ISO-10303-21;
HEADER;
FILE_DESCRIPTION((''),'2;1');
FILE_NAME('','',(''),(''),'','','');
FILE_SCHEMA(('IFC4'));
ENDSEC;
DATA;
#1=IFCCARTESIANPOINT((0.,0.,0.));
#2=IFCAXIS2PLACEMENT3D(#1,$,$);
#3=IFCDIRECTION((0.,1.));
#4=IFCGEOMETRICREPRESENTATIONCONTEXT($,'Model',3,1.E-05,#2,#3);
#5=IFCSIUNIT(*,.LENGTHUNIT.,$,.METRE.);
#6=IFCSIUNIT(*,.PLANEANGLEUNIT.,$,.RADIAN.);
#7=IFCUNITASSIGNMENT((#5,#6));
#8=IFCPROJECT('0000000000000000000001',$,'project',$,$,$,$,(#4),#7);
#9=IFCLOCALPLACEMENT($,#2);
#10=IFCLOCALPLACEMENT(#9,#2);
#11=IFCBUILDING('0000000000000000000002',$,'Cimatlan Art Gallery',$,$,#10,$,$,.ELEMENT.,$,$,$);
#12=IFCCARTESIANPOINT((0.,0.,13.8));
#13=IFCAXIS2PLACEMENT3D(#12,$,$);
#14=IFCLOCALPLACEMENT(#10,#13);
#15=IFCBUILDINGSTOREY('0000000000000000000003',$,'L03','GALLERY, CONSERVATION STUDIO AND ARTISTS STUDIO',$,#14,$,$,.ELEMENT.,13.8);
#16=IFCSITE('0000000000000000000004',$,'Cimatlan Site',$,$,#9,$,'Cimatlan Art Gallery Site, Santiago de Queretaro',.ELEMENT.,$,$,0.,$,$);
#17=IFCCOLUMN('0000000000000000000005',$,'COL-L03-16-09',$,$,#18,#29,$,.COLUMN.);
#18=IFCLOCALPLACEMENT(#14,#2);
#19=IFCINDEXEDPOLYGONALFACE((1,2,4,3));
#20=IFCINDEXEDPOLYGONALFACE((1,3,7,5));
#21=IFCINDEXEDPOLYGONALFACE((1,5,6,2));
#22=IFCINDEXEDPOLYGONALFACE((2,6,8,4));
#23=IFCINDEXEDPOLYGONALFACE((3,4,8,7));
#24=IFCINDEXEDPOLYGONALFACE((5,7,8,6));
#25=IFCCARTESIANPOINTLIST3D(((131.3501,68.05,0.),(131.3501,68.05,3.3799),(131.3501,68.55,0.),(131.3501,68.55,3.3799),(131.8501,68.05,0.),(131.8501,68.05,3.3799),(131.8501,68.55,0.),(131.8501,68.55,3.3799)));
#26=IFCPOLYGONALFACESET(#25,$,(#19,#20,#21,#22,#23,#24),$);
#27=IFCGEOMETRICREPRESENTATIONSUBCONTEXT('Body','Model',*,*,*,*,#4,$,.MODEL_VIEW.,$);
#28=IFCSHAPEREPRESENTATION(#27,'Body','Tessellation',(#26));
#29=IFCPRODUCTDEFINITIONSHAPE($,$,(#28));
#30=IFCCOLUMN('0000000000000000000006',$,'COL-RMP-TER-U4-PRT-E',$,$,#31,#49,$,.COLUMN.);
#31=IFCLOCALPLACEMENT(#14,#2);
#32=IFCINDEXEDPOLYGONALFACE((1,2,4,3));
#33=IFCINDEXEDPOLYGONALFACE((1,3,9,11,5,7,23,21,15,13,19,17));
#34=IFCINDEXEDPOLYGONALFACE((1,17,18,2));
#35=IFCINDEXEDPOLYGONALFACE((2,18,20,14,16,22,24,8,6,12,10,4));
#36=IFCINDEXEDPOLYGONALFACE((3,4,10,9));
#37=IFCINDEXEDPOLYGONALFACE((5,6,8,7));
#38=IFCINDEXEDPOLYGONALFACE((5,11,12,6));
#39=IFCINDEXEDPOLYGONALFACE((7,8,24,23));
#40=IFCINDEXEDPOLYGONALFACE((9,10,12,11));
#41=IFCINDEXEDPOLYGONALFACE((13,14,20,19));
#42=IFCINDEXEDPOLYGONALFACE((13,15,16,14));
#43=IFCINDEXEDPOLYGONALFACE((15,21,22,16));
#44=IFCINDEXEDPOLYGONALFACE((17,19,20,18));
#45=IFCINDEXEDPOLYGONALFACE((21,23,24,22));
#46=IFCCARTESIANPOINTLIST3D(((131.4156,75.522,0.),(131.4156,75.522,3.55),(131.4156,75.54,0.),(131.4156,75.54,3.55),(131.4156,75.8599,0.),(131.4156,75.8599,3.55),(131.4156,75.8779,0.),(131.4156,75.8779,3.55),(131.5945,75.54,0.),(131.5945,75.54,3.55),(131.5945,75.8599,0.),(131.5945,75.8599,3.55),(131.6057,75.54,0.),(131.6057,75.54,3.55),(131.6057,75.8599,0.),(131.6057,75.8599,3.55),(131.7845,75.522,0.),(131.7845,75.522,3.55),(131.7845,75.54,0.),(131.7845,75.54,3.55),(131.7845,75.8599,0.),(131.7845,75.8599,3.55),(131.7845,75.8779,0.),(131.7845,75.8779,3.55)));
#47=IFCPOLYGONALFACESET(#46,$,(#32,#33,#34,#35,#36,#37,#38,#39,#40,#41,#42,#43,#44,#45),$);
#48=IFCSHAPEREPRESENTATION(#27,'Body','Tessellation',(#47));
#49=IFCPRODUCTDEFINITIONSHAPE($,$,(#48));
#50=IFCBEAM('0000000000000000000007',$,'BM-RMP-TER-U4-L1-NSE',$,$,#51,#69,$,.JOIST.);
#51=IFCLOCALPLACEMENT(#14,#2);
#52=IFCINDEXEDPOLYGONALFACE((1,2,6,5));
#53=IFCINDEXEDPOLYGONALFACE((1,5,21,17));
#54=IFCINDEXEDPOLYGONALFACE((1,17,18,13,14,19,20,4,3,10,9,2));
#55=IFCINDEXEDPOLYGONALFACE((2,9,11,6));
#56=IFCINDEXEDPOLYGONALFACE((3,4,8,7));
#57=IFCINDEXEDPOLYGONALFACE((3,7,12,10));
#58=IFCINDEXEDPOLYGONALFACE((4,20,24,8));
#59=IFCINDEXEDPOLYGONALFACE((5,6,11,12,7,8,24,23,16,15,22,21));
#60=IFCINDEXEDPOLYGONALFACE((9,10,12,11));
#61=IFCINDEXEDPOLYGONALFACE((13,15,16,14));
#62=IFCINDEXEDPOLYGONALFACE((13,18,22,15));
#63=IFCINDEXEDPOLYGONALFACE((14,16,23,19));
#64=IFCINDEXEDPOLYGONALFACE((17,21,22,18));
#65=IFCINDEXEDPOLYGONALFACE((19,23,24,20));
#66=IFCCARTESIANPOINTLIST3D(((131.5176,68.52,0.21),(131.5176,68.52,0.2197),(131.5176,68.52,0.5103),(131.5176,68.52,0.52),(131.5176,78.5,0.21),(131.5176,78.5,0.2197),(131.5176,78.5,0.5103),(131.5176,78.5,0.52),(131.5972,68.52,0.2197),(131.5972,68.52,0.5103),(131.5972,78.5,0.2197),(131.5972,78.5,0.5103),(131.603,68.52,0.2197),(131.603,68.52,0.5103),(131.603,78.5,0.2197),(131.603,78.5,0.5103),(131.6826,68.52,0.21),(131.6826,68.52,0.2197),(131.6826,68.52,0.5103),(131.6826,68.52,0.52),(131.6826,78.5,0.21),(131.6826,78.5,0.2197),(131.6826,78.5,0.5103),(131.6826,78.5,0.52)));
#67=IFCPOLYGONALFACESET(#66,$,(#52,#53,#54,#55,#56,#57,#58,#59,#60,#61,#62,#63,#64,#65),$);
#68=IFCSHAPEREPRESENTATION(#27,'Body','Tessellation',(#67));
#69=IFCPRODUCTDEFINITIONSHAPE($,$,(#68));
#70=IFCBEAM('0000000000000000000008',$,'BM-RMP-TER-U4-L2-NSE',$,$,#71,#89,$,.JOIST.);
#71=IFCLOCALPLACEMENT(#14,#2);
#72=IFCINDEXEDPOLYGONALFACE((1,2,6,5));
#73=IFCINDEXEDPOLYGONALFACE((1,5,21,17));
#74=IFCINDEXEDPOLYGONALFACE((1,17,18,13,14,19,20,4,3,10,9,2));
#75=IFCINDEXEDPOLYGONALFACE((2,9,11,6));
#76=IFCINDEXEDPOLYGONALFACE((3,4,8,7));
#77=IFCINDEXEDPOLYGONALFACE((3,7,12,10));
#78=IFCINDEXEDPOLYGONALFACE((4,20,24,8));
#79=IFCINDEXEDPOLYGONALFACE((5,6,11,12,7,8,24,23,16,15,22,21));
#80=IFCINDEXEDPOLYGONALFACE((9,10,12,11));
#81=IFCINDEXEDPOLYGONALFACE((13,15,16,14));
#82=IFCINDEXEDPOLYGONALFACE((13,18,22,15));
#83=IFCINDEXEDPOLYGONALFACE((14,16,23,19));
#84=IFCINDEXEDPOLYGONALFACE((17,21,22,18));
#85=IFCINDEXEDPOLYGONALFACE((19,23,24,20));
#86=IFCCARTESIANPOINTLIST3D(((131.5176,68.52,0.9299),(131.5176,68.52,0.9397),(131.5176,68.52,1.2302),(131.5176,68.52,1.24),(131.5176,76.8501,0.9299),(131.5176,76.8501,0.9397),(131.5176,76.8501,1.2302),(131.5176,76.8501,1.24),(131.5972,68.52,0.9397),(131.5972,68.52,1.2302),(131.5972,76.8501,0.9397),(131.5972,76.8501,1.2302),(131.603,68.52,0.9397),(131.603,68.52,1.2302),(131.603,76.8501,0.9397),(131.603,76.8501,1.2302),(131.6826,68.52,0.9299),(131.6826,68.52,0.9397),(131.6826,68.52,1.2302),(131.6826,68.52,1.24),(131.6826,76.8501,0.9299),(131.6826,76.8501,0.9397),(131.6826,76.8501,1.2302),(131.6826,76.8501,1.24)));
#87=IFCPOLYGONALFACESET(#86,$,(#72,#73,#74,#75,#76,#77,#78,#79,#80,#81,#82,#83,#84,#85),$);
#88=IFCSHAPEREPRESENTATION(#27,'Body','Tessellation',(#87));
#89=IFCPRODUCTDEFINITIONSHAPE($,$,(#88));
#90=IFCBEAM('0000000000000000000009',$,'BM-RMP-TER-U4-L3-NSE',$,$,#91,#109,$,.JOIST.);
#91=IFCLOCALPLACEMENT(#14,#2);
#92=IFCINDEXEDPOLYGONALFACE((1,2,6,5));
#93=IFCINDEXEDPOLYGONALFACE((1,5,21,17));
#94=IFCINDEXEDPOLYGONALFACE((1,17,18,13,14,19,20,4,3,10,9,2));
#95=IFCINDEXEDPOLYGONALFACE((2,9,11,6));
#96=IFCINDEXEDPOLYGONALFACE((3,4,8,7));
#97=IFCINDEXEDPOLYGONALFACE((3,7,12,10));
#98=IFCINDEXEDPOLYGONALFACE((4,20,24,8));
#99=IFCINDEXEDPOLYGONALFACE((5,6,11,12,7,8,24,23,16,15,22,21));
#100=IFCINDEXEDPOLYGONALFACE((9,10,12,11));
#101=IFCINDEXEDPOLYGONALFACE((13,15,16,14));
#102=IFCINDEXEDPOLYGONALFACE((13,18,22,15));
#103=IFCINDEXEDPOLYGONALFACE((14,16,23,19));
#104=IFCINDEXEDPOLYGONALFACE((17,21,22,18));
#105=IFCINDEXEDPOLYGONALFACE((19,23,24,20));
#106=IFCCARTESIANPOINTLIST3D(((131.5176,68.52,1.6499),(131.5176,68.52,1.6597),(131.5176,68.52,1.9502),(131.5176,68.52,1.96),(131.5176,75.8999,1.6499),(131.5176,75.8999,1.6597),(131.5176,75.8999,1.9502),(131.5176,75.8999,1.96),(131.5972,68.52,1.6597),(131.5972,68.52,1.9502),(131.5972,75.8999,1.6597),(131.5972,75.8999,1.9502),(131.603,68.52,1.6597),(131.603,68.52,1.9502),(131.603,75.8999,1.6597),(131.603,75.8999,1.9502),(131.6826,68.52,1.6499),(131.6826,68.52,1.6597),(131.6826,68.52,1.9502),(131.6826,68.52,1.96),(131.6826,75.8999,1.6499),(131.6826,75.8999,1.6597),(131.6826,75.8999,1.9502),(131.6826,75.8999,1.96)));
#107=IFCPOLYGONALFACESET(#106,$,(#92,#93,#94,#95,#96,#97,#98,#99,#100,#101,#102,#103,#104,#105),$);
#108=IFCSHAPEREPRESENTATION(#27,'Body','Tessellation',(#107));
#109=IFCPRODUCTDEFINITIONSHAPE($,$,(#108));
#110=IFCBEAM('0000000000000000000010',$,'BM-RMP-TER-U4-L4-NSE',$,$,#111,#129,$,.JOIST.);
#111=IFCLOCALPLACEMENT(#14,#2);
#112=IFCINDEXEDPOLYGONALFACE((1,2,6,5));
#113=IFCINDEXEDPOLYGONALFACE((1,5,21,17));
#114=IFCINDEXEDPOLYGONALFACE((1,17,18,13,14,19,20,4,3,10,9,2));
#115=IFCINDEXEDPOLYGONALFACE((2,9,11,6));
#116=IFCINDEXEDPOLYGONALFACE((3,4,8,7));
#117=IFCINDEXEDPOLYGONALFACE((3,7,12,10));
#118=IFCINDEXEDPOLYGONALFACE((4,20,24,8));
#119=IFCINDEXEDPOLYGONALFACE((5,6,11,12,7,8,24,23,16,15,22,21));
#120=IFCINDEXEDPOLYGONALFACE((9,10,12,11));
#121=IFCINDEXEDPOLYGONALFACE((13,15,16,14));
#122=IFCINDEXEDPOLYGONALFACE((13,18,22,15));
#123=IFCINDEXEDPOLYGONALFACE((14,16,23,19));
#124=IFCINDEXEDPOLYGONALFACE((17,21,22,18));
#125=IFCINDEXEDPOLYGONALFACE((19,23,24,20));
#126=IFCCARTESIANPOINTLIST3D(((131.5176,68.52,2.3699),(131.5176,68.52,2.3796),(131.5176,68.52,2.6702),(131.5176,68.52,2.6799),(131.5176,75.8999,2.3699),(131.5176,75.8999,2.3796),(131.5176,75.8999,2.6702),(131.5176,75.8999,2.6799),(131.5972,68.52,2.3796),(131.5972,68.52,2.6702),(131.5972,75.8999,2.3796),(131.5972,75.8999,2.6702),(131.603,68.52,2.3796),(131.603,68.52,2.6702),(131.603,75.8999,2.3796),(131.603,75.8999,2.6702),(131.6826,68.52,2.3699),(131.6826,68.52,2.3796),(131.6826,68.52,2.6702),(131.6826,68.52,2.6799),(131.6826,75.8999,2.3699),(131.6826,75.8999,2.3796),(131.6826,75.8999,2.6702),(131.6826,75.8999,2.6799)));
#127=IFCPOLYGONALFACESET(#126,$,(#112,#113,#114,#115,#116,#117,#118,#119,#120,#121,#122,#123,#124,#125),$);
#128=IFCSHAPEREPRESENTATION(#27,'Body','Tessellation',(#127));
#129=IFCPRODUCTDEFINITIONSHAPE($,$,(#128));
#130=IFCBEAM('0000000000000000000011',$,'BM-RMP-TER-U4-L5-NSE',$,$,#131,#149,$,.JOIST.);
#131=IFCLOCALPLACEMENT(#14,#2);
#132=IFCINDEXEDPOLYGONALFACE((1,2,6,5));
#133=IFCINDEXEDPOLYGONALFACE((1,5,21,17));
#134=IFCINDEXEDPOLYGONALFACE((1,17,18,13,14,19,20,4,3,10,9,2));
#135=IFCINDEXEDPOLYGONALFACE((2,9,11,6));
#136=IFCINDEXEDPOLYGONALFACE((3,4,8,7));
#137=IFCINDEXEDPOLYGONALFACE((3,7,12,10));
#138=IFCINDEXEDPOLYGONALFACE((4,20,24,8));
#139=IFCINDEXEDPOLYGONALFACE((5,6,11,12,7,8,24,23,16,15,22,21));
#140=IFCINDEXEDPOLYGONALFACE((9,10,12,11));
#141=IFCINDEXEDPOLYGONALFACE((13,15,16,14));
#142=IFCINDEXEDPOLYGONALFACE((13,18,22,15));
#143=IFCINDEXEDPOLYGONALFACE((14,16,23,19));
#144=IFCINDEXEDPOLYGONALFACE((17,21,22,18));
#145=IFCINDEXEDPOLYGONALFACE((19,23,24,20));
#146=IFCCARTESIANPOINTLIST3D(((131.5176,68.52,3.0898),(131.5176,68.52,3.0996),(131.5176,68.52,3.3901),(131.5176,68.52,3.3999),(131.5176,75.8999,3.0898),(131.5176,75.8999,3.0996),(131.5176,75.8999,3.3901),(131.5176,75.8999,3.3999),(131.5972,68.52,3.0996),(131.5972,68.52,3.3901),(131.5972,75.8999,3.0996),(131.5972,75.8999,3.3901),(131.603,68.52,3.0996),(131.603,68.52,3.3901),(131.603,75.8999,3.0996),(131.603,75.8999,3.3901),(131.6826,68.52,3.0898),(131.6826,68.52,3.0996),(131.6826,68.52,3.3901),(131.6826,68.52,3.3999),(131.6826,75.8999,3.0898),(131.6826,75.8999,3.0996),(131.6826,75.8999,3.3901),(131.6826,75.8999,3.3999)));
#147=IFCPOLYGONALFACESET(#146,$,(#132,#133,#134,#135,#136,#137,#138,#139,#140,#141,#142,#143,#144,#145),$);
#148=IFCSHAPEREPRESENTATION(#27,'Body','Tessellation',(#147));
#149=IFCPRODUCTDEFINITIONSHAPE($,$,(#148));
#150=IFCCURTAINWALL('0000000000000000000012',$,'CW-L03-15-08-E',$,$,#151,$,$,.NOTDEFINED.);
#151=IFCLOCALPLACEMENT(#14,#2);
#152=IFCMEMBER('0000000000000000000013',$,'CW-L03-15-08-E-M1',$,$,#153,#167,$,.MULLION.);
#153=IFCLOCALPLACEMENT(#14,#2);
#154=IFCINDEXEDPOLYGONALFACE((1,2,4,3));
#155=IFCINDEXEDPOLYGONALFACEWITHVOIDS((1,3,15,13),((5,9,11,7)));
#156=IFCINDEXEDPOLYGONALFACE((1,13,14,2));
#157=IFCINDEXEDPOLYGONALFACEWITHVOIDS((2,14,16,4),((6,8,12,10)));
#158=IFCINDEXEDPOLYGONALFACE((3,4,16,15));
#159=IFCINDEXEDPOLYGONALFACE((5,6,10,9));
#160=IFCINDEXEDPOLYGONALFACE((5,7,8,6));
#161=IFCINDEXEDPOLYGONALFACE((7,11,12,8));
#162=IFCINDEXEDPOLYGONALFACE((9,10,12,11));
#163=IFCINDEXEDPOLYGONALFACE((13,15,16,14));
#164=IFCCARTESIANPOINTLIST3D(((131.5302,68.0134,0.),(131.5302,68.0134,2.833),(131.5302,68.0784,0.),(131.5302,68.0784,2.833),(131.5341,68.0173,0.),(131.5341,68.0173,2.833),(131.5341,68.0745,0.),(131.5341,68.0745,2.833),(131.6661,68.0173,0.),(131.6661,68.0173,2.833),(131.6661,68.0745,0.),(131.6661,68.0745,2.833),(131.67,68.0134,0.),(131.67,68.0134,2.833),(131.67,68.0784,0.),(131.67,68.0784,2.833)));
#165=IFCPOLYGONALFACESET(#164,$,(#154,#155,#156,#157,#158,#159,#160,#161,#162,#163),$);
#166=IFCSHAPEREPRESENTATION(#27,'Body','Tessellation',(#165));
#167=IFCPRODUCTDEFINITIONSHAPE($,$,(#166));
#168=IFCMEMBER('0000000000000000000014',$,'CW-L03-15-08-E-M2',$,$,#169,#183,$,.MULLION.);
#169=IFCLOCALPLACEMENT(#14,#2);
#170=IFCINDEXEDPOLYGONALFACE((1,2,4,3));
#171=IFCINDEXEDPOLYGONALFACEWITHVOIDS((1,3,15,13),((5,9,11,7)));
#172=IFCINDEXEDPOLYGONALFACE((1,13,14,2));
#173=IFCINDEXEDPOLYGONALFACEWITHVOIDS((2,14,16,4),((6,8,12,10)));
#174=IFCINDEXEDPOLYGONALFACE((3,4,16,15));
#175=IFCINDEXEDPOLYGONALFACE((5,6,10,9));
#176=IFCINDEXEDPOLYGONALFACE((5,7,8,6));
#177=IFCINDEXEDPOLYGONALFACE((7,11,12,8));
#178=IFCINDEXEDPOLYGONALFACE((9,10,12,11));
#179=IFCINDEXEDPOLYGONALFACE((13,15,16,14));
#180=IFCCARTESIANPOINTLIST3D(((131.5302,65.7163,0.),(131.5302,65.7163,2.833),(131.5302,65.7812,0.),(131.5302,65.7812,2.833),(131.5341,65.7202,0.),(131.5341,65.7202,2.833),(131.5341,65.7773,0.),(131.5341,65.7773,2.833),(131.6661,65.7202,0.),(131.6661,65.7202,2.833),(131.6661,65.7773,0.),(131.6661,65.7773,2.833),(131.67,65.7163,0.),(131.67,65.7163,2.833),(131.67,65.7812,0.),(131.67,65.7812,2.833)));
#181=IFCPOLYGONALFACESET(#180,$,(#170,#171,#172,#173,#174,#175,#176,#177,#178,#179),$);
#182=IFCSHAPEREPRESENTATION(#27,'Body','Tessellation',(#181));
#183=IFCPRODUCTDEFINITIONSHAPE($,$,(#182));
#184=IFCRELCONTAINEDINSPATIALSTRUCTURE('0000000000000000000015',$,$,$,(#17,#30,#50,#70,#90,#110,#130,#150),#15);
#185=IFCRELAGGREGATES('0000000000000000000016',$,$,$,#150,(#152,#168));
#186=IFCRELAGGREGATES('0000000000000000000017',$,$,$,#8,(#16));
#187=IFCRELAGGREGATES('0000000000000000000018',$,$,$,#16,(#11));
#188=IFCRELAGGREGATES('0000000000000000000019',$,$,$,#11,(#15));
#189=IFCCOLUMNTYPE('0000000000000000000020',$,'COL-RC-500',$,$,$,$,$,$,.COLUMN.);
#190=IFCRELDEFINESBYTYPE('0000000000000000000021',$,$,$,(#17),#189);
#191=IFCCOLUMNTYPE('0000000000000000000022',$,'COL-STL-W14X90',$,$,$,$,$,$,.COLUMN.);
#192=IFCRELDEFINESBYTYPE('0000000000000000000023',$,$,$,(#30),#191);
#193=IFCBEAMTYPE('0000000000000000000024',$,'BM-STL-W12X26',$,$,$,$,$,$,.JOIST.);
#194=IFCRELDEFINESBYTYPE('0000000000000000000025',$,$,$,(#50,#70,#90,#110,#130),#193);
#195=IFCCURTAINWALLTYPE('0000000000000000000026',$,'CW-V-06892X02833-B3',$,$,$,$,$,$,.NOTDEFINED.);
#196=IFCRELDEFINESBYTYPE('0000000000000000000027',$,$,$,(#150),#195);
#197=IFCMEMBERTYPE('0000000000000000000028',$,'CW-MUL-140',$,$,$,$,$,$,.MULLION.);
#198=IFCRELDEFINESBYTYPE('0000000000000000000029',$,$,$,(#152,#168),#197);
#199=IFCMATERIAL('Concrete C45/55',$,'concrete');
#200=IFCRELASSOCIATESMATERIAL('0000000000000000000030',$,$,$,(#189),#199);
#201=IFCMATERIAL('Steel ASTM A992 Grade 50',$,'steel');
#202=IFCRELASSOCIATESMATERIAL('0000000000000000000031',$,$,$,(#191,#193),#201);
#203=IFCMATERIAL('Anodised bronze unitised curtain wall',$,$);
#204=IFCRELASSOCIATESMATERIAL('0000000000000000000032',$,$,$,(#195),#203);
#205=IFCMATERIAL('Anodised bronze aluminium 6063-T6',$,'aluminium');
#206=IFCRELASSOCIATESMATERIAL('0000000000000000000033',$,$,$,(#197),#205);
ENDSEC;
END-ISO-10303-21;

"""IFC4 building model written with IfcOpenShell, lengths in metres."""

from ifc_helpers import new_model, si_unit, direction, frame, origin, origin_2d, place, context, subcontext, project, spatial, rectangle, hollow_rectangle, i_section, extrude, material, material_profile, profile_set, type_object, element, aggregate, save


model = new_model("IFC4")

# Units and contexts
model_context = context("Model", 3, precision=1e-05, world=origin(), true_north=direction((0.0, 1.0)))
body_context = subcontext(model_context, "Body", "Model", "MODEL_VIEW")
ifc_project = project(units=[si_unit("LENGTHUNIT", "METRE"), si_unit("PLANEANGLEUNIT", "RADIAN")], contexts=[model_context])

# Site, building, storey
site_placement = place(None, origin())
site = spatial("IfcSite", under=ifc_project, at=site_placement, Name="Cimatlan Site", LongName="Cimatlan Art Gallery Site, Santiago de Queretaro", CompositionType="ELEMENT", RefElevation=0.0)
building_placement = place(site_placement, origin())
building = spatial("IfcBuilding", under=site, at=building_placement, Name="Cimatlan Art Gallery", CompositionType="ELEMENT")
storey_placement = place(building_placement, frame((0.0, 0.0, 13.8)))
storey = spatial("IfcBuildingStorey", under=building, at=storey_placement, Name="L03", Description="GALLERY, CONSERVATION STUDIO AND ARTISTS STUDIO", CompositionType="ELEMENT", Elevation=13.8)

# Columns
ifc_material_1 = material(Name="Concrete C45/55", Category="concrete")
ifc_material_profile_1 = material_profile(ifc_material_1, rectangle(XDim=0.5, YDim=0.5, at=origin_2d()), Name="RC500X500")
ifc_profile_set_1 = profile_set([ifc_material_profile_1], Name="Concrete C45/55")
column_type_1 = type_object("IfcColumnType", Name="COL-RC-500", PredefinedType="COLUMN", material=ifc_profile_set_1)
column_1_placement = place(storey_placement, frame((131.6001, 68.3, 0.0), z_axis=(0.0, 0.0, 1.0), x_axis=(1.0, 0.0, 0.0)))
element("IfcColumn", 1, at=column_1_placement, inside=storey, type_object=column_type_1, Name="COL-L03-16-09", PredefinedType="COLUMN", context=body_context, shape_type="SweptSolid", body=[
    extrude(rectangle(XDim=0.5, YDim=0.5, at=origin_2d()), origin(), (0.0, 0.0, 1.0), 3.3799),
])
ifc_material_2 = material(Name="Steel ASTM A992 Grade 50", Category="steel")
ifc_material_profile_2 = material_profile(ifc_material_2, i_section(OverallWidth=0.3689, OverallDepth=0.356, WebThickness=0.0112, FlangeThickness=0.0181, at=origin_2d()), Name="W14X90")
ifc_profile_set_2 = profile_set([ifc_material_profile_2], Name="Steel ASTM A992 Grade 50")
column_type_2 = type_object("IfcColumnType", Name="COL-STL-W14X90", PredefinedType="COLUMN", material=ifc_profile_set_2)
column_2_placement = place(storey_placement, frame((131.6001, 75.7, 0.0), z_axis=(0.0, 0.0, 1.0), x_axis=(1.0, 0.0, 0.0)))
element("IfcColumn", 2, at=column_2_placement, inside=storey, type_object=column_type_2, Name="COL-RMP-TER-U4-PRT-E", PredefinedType="COLUMN", context=body_context, shape_type="SweptSolid", body=[
    extrude(i_section(OverallWidth=0.3689, OverallDepth=0.356, WebThickness=0.0112, FlangeThickness=0.0181, at=origin_2d()), origin(), (0.0, 0.0, 1.0), 3.55),
])

# Beams
ifc_material_profile_3 = material_profile(ifc_material_2, i_section(OverallWidth=0.165, OverallDepth=0.3101, WebThickness=0.0059, FlangeThickness=0.0098, at=origin_2d()), Name="W12X26")
ifc_profile_set_3 = profile_set([ifc_material_profile_3], Name="Steel ASTM A992 Grade 50")
beam_type = type_object("IfcBeamType", Name="BM-STL-W12X26", PredefinedType="JOIST", material=ifc_profile_set_3)
beam_1_placement = place(storey_placement, frame((131.6001, 68.52, 0.365), z_axis=(0.0, 1.0, 0.0), x_axis=(-1.0, 0.0, 0.0)))
element("IfcBeam", 3, at=beam_1_placement, inside=storey, type_object=beam_type, Name="BM-RMP-TER-U4-L1-NSE", PredefinedType="JOIST", context=body_context, shape_type="SweptSolid", body=[
    extrude(i_section(OverallWidth=0.165, OverallDepth=0.3101, WebThickness=0.0059, FlangeThickness=0.0098, at=origin_2d()), origin(), (0.0, 0.0, 1.0), 9.98),
])
beam_2_placement = place(storey_placement, frame((131.6001, 68.52, 1.085), z_axis=(0.0, 1.0, 0.0), x_axis=(-1.0, 0.0, 0.0)))
element("IfcBeam", 4, at=beam_2_placement, inside=storey, type_object=beam_type, Name="BM-RMP-TER-U4-L2-NSE", PredefinedType="JOIST", context=body_context, shape_type="SweptSolid", body=[
    extrude(i_section(OverallWidth=0.165, OverallDepth=0.3101, WebThickness=0.0059, FlangeThickness=0.0098, at=origin_2d()), origin(), (0.0, 0.0, 1.0), 8.3301),
])
for number, where, z_axis, x_axis, name in (
    (5, (131.6001, 68.52, 1.8049), (0.0, 1.0, 0.0), (-1.0, 0.0, 0.0), "BM-RMP-TER-U4-L3-NSE"),
    (6, (131.6001, 68.52, 2.5249), (0.0, 1.0, 0.0), (-1.0, 0.0, 0.0), "BM-RMP-TER-U4-L4-NSE"),
    (7, (131.6001, 68.52, 3.2449), (0.0, 1.0, 0.0), (-1.0, 0.0, 0.0), "BM-RMP-TER-U4-L5-NSE"),
):
    element("IfcBeam", number, at=place(storey_placement, frame(where, z_axis=z_axis, x_axis=x_axis)), inside=storey, type_object=beam_type, Name=name, PredefinedType="JOIST", context=body_context, shape_type="SweptSolid", body=[
        extrude(i_section(OverallWidth=0.165, OverallDepth=0.3101, WebThickness=0.0059, FlangeThickness=0.0098, at=origin_2d()), origin(), (0.0, 0.0, 1.0), 7.3799),
    ])

# Curtain wall, members
ifc_material_3 = material(Name="Anodised bronze unitised curtain wall")
curtain_wall_type_1 = type_object("IfcCurtainWallType", Name="CW-V-06892X02833-B3", PredefinedType="NOTDEFINED", material=ifc_material_3)
curtain_wall_1_placement = place(storey_placement, origin())
curtain_wall_1 = element("IfcCurtainWall", 8, at=curtain_wall_1_placement, inside=storey, type_object=curtain_wall_type_1, Name="CW-L03-15-08-E", PredefinedType="NOTDEFINED")
ifc_material_4 = material(Name="Anodised bronze aluminium 6063-T6", Category="aluminium")
ifc_material_profile_4 = material_profile(ifc_material_4, hollow_rectangle(XDim=0.0649, YDim=0.1399, WallThickness=0.0039, at=origin_2d()), Name="ALU65X140X4")
ifc_profile_set_4 = profile_set([ifc_material_profile_4], Name="Anodised bronze aluminium 6063-T6")
member_type_1 = type_object("IfcMemberType", Name="CW-MUL-140", PredefinedType="MULLION", material=ifc_profile_set_4)
member_1_placement = place(storey_placement, frame((131.6001, 68.0459, 0.0), z_axis=(0.0, 0.0, 1.0), x_axis=(0.0, 1.0, 0.0)))
member_1 = element("IfcMember", 9, at=member_1_placement, type_object=member_type_1, Name="CW-L03-15-08-E-M1", PredefinedType="MULLION", context=body_context, shape_type="SweptSolid", body=[
    extrude(hollow_rectangle(XDim=0.0649, YDim=0.1399, WallThickness=0.0039, at=origin_2d()), origin(), (0.0, 0.0, 1.0), 2.833),
])
member_2_placement = place(storey_placement, frame((131.6001, 65.7488, 0.0), z_axis=(0.0, 0.0, 1.0), x_axis=(0.0, 1.0, 0.0)))
member_2 = element("IfcMember", 10, at=member_2_placement, type_object=member_type_1, Name="CW-L03-15-08-E-M2", PredefinedType="MULLION", context=body_context, shape_type="SweptSolid", body=[
    extrude(hollow_rectangle(XDim=0.0649, YDim=0.1399, WallThickness=0.0039, at=origin_2d()), origin(), (0.0, 0.0, 1.0), 2.833),
])
aggregate(curtain_wall_1, [member_1, member_2])

save(model, "model.ifc")
